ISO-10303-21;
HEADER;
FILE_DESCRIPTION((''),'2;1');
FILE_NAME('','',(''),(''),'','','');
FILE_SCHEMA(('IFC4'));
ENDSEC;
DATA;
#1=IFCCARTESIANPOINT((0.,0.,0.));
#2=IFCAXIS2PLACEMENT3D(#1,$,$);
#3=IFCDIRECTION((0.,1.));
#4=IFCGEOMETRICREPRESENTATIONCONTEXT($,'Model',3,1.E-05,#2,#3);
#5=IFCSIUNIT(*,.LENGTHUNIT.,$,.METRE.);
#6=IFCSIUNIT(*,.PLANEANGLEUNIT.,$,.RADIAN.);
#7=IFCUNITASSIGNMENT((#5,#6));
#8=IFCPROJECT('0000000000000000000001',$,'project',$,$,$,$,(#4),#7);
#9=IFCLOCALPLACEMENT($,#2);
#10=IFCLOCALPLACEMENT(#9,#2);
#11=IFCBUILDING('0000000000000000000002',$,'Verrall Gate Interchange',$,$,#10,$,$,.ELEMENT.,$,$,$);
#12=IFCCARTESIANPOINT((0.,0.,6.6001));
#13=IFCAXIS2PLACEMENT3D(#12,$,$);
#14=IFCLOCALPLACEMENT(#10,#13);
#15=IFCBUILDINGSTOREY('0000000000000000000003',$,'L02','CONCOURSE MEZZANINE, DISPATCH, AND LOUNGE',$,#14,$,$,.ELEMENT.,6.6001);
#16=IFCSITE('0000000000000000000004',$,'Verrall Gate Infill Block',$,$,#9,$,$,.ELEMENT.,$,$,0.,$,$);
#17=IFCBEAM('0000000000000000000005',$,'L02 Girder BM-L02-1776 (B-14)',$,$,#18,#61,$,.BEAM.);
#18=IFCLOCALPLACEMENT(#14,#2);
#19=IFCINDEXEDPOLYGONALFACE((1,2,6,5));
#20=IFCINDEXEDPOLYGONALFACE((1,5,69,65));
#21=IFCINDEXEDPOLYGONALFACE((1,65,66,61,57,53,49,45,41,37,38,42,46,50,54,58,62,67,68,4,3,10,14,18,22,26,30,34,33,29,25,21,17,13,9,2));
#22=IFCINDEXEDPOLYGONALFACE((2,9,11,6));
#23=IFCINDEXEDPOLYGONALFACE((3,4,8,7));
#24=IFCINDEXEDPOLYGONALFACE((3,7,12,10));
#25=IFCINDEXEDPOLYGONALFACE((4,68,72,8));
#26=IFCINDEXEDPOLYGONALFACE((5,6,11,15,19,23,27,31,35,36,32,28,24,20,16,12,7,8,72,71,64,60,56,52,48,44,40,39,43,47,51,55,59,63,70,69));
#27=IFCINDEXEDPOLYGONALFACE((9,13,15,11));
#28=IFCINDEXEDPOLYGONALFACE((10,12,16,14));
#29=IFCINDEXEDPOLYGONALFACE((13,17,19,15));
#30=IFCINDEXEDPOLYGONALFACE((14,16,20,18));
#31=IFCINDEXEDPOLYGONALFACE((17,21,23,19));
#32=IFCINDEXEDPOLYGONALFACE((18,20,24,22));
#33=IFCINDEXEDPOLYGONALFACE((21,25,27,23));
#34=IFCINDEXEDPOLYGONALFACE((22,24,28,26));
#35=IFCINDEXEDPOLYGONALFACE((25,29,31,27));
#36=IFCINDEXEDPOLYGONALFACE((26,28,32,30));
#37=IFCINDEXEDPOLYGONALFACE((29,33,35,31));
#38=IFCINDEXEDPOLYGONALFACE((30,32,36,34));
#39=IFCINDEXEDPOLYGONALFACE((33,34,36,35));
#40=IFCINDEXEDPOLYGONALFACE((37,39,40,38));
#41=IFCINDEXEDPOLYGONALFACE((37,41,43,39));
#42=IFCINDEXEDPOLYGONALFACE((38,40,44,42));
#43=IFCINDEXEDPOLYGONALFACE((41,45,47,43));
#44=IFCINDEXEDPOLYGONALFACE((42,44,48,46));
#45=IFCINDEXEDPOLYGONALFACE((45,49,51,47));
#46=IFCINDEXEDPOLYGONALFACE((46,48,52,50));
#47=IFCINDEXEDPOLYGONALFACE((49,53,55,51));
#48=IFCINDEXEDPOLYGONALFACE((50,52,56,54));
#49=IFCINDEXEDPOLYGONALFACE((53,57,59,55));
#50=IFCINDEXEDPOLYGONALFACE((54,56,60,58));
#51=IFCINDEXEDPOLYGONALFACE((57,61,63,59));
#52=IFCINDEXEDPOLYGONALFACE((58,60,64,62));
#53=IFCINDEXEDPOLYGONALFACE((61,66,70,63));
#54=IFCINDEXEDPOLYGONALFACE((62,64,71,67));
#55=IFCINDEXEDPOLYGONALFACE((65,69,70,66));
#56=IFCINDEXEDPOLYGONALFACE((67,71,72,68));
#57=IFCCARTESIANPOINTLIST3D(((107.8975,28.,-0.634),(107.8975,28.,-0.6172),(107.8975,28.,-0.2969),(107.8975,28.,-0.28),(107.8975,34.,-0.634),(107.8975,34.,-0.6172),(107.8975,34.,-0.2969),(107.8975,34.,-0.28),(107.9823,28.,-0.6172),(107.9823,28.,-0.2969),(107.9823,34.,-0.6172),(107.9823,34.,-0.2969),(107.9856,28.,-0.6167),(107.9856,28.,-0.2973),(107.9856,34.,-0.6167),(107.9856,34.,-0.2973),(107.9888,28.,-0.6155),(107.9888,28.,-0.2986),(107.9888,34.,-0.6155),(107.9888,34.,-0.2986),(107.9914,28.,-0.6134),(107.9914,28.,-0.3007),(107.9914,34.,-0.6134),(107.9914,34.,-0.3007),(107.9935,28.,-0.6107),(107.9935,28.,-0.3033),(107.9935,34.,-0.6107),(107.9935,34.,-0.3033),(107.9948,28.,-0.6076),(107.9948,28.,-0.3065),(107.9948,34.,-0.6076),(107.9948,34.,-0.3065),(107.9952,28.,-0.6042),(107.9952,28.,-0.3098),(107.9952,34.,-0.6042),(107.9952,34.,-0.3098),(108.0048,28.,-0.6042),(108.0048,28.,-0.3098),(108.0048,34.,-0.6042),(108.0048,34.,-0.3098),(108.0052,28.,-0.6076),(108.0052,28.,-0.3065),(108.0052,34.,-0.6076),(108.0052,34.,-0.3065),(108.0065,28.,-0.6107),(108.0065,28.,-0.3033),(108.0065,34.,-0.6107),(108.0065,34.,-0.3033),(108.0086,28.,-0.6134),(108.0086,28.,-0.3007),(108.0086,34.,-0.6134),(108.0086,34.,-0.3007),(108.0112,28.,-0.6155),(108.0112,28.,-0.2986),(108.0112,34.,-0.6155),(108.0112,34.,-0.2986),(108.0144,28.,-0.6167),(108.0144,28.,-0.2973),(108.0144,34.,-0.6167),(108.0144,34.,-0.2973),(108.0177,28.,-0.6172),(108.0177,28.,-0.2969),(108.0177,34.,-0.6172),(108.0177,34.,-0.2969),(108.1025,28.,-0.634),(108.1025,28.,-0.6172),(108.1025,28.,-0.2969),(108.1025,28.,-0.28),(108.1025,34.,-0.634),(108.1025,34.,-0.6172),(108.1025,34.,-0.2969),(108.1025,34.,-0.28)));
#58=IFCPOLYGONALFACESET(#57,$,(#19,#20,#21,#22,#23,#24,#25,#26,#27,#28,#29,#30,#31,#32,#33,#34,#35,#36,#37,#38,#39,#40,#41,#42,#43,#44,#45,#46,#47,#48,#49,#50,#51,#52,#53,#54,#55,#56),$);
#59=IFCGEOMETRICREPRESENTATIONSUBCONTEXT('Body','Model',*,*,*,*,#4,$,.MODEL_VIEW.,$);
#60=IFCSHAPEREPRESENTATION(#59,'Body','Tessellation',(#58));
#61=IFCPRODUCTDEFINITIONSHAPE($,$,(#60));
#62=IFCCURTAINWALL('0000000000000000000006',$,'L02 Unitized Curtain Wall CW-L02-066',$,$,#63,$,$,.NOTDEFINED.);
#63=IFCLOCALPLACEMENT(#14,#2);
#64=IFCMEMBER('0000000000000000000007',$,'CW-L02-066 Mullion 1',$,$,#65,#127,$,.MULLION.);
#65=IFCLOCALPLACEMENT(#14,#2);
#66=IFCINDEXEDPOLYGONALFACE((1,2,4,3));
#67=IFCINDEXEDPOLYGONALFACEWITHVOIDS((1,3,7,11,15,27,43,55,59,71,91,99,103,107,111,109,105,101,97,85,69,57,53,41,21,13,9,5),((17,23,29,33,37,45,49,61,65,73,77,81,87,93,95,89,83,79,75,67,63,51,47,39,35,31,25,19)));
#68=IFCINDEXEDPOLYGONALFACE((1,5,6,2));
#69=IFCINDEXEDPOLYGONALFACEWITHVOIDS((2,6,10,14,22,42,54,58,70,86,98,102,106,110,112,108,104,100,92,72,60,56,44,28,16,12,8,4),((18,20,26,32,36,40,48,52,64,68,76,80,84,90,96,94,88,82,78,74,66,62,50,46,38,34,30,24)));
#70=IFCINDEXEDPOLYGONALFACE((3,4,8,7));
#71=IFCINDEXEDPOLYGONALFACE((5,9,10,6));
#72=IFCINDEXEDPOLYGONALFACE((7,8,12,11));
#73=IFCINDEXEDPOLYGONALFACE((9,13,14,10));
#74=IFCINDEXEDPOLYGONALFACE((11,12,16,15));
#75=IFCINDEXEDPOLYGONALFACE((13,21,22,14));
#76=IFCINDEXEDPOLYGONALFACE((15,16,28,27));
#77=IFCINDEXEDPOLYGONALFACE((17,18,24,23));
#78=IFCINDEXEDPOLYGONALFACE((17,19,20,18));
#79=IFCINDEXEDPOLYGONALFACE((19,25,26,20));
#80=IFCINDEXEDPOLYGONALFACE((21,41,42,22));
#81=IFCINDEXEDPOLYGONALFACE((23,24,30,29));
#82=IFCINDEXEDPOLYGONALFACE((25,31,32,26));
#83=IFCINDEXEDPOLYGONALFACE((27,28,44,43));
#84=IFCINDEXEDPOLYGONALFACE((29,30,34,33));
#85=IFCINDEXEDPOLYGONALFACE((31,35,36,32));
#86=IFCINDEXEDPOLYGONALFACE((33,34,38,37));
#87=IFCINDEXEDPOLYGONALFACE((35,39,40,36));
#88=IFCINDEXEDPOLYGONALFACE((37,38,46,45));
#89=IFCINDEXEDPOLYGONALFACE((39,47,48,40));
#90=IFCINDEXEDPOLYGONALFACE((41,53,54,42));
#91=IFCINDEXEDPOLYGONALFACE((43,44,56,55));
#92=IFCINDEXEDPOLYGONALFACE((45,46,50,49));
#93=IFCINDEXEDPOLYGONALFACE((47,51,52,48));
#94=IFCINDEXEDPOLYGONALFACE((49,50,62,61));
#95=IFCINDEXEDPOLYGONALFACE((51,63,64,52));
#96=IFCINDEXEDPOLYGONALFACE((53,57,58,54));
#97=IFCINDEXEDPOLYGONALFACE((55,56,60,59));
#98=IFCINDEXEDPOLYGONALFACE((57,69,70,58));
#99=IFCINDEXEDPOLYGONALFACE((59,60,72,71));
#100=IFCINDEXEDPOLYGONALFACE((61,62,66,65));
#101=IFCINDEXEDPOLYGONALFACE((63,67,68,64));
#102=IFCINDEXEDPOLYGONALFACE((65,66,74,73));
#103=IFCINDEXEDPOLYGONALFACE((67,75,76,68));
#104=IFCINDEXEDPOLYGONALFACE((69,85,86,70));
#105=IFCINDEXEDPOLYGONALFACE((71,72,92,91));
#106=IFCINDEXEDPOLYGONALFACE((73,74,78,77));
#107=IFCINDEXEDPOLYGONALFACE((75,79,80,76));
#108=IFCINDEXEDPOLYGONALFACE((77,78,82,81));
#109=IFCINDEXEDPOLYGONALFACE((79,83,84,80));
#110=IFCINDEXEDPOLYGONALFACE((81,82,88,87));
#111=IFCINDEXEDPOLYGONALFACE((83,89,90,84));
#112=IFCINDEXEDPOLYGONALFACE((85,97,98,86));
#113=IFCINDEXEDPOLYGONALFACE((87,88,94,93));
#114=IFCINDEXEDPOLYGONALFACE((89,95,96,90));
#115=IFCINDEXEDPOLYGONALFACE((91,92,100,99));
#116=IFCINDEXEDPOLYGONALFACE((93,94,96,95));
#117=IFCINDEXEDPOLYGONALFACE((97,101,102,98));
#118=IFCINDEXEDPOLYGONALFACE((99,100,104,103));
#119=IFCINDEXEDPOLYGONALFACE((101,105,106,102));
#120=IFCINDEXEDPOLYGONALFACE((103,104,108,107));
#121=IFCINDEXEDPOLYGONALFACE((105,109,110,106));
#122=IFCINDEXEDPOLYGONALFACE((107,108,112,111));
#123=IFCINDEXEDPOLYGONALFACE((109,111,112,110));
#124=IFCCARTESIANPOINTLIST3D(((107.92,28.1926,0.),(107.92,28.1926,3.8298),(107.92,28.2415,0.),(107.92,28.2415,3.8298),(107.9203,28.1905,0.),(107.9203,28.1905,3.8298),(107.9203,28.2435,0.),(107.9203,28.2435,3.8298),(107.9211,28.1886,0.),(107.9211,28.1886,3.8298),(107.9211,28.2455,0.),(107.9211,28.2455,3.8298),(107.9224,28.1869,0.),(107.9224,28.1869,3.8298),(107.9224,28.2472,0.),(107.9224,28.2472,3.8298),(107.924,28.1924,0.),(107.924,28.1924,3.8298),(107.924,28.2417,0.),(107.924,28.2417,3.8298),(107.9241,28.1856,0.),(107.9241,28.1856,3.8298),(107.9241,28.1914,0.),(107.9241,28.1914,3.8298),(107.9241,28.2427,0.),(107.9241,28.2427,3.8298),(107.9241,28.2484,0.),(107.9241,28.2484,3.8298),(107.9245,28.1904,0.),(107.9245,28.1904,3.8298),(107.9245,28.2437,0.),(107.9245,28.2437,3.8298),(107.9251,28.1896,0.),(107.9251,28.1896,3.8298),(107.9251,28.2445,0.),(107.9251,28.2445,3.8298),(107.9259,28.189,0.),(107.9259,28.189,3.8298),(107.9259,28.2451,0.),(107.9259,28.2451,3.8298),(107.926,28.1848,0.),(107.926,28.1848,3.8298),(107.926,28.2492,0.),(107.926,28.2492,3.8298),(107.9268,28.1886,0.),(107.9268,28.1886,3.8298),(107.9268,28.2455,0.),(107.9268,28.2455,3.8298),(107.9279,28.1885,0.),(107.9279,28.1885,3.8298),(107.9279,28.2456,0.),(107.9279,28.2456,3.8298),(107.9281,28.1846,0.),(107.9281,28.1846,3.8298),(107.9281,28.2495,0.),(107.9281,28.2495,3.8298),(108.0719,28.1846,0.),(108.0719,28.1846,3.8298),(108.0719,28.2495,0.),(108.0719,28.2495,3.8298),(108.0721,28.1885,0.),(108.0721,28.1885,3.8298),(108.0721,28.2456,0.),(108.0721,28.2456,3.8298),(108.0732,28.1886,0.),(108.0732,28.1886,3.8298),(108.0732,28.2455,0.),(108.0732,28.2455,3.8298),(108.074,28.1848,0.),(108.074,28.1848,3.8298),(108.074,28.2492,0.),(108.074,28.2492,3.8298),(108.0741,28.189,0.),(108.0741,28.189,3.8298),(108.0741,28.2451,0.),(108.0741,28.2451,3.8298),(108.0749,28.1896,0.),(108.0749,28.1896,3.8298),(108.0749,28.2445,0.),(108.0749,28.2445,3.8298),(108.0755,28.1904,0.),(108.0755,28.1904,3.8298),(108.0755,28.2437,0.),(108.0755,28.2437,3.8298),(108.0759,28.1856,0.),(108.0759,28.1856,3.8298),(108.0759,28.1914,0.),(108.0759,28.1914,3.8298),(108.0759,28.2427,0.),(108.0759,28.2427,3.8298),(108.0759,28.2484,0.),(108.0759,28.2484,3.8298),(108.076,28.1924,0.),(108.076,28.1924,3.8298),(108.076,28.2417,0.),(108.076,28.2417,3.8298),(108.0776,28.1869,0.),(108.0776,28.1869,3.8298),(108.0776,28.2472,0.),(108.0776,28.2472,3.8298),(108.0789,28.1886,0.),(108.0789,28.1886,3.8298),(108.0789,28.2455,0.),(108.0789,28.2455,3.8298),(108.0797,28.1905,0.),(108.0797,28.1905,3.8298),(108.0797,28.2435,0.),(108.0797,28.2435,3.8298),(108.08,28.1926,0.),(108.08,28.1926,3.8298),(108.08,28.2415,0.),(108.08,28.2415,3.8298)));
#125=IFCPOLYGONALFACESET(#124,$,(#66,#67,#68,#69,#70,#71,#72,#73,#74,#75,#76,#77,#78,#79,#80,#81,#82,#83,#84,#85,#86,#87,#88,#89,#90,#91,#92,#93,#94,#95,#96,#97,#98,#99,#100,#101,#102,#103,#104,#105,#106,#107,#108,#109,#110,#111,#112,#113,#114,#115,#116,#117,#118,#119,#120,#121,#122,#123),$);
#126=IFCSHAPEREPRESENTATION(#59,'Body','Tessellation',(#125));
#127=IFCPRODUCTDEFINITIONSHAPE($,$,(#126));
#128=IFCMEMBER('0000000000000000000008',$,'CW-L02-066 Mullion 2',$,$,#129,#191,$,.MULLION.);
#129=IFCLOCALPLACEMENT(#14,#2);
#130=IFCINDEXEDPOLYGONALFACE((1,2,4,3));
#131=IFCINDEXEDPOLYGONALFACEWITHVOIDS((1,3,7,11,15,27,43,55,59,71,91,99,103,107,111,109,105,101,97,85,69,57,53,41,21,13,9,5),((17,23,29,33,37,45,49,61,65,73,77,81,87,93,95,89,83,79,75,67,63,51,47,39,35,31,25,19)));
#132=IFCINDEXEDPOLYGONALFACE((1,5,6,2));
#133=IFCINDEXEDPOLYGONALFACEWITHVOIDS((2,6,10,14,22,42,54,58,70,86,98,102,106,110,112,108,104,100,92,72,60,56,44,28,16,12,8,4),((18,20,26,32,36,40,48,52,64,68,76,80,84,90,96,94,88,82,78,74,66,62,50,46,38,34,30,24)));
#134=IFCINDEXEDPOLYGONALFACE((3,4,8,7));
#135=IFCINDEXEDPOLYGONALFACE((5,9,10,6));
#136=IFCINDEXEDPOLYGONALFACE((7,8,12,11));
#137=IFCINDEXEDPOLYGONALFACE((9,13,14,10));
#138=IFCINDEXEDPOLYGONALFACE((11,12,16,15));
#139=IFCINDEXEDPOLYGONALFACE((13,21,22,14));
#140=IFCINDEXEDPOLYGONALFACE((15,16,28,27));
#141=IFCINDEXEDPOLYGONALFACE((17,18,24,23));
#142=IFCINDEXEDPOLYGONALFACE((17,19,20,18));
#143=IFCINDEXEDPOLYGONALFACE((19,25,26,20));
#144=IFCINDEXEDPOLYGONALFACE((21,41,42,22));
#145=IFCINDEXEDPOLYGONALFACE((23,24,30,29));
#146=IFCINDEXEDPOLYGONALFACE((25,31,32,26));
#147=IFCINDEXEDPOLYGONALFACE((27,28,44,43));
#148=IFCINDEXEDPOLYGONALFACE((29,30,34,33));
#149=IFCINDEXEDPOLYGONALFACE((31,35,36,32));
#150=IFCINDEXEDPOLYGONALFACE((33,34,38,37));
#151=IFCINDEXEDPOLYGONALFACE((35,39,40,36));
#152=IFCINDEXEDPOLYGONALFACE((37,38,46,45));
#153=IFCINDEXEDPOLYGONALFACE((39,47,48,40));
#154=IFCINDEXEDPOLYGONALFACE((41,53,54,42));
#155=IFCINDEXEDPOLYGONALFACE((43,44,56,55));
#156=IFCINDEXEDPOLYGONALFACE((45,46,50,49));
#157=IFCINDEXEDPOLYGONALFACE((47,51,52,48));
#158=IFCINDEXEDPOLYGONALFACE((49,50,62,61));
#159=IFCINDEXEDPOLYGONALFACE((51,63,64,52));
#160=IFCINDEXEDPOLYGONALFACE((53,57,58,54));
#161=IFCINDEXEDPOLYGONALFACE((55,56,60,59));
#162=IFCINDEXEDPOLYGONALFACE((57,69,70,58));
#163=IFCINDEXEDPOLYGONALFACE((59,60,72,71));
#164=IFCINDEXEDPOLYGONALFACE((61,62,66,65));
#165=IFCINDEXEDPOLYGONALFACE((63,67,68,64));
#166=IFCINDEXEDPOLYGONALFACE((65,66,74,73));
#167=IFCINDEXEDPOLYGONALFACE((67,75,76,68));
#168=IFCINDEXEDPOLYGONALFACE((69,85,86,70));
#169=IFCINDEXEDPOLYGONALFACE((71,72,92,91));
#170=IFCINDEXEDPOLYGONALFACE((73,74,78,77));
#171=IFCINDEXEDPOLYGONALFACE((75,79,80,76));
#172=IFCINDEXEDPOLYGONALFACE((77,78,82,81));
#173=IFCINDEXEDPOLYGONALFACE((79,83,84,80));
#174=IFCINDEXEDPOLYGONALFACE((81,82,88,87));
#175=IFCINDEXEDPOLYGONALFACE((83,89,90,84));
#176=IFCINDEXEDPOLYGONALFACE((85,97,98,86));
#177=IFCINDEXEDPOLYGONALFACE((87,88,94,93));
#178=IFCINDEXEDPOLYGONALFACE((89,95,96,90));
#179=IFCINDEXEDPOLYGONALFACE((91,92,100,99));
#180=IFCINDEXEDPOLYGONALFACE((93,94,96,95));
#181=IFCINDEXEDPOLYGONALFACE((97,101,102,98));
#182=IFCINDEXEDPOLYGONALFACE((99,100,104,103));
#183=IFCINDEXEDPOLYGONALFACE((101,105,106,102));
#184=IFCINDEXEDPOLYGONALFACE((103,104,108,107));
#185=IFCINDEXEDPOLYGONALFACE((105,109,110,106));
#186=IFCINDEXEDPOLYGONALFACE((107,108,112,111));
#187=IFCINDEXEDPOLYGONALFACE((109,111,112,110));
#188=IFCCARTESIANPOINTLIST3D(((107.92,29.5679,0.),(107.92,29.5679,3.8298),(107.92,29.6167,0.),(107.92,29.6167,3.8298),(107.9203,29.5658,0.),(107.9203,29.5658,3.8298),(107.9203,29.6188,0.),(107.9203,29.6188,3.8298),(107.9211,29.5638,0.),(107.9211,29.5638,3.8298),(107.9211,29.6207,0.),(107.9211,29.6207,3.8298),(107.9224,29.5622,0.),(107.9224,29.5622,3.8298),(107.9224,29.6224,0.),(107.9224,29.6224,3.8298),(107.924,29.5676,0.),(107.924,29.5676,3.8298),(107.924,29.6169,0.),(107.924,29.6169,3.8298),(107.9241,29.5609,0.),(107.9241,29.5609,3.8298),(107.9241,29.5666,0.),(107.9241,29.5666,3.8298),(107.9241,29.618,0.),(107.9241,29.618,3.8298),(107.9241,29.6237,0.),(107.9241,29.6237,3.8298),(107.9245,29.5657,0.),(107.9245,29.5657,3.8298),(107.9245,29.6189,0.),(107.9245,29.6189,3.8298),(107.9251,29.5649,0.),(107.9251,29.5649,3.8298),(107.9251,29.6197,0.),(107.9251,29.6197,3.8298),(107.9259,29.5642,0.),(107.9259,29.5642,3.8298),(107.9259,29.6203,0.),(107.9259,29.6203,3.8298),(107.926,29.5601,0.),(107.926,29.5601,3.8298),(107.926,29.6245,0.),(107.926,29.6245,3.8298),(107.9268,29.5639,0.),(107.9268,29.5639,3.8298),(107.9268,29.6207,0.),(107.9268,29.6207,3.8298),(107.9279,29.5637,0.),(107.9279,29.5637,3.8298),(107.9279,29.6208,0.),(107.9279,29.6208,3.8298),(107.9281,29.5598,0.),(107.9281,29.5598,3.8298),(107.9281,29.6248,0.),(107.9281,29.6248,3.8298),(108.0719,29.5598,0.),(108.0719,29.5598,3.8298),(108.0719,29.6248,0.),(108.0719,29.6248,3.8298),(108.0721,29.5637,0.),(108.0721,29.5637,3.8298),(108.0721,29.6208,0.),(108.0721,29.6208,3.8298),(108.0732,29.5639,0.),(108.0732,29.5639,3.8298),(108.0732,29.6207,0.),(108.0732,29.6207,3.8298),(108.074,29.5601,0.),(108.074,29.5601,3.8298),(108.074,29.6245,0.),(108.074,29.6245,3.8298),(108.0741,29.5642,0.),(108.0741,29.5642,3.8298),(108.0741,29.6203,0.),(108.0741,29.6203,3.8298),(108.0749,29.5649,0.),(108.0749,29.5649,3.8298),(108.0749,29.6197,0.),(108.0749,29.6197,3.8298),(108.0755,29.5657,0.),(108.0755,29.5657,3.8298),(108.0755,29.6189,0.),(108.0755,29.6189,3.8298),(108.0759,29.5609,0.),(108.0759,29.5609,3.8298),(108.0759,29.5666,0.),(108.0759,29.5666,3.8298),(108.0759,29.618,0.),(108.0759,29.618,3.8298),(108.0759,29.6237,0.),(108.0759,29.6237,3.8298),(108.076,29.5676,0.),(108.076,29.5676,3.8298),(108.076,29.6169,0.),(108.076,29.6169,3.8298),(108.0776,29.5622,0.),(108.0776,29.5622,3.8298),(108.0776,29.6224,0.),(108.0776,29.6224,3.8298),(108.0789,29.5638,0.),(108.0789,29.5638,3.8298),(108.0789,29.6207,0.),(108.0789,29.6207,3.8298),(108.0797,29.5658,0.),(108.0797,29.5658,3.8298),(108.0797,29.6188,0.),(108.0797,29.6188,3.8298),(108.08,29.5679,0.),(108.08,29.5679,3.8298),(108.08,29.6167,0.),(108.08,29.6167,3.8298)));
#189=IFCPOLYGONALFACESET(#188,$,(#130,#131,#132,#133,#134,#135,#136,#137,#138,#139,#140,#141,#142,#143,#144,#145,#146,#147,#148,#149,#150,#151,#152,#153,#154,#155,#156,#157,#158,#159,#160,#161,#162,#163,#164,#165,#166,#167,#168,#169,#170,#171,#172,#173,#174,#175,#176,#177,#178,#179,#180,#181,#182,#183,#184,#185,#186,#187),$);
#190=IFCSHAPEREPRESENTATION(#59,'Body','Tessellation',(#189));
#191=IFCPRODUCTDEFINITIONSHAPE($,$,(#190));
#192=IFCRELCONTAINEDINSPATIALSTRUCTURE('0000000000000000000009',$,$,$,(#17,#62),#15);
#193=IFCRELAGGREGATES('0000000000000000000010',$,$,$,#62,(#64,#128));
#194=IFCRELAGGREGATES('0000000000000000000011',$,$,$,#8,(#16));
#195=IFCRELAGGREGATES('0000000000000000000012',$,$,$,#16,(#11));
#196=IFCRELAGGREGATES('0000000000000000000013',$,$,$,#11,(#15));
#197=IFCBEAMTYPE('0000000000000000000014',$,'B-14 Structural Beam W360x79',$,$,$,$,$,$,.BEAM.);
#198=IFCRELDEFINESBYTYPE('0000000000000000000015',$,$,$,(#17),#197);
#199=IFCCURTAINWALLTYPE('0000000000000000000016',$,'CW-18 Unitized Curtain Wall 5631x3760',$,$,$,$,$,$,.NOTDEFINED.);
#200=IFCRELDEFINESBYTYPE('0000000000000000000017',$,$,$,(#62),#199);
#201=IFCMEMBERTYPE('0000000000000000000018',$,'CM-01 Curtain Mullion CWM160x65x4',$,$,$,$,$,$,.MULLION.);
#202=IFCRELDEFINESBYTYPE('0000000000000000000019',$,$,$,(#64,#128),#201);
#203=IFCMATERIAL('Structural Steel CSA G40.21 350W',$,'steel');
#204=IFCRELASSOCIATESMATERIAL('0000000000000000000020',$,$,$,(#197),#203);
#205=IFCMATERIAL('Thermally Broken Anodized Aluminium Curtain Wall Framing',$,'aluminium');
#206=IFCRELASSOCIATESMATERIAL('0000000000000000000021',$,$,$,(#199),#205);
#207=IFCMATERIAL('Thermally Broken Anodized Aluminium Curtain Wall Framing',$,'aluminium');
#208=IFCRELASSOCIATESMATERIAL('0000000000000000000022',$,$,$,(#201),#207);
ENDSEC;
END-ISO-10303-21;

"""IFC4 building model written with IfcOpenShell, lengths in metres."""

from ifc_helpers import new_model, si_unit, direction, frame, origin, origin_2d, place, context, subcontext, project, spatial, hollow_rectangle, i_section, extrude, material, material_profile, profile_set, type_object, element, aggregate, save


model = new_model("IFC4")

# Units and contexts
model_context = context("Model", 3, precision=1e-05, world=origin(), true_north=direction((0.0, 1.0)))
body_context = subcontext(model_context, "Body", "Model", "MODEL_VIEW")
ifc_project = project(units=[si_unit("LENGTHUNIT", "METRE"), si_unit("PLANEANGLEUNIT", "RADIAN")], contexts=[model_context])

# Site, building, storey
site_placement = place(None, origin())
site = spatial("IfcSite", under=ifc_project, at=site_placement, Name="Verrall Gate Infill Block", CompositionType="ELEMENT", RefElevation=0.0)
building_placement = place(site_placement, origin())
building = spatial("IfcBuilding", under=site, at=building_placement, Name="Verrall Gate Interchange", CompositionType="ELEMENT")
storey_placement = place(building_placement, frame((0.0, 0.0, 6.6001)))
storey = spatial("IfcBuildingStorey", under=building, at=storey_placement, Name="L02", Description="CONCOURSE MEZZANINE, DISPATCH, AND LOUNGE", CompositionType="ELEMENT", Elevation=6.6001)

# Beam
ifc_material_1 = material(Name="Structural Steel CSA G40.21 350W", Category="steel")
ifc_material_profile_1 = material_profile(ifc_material_1, i_section(OverallWidth=0.2051, OverallDepth=0.354, WebThickness=0.0095, FlangeThickness=0.0168, FilletRadius=0.0129, at=origin_2d()), Name="W360x79")
ifc_profile_set_1 = profile_set([ifc_material_profile_1], Name="Structural Steel CSA G40.21 350W")
beam_type_1 = type_object("IfcBeamType", Name="B-14 Structural Beam W360x79", PredefinedType="BEAM", material=ifc_profile_set_1)
beam_1_placement = place(storey_placement, frame((108.0, 28.0, -0.457), z_axis=(0.0, 1.0, 0.0), x_axis=(-1.0, 0.0, 0.0)))
element("IfcBeam", 1, at=beam_1_placement, inside=storey, type_object=beam_type_1, Name="L02 Girder BM-L02-1776 (B-14)", PredefinedType="BEAM", context=body_context, shape_type="SweptSolid", body=[
    extrude(i_section(OverallWidth=0.2051, OverallDepth=0.354, WebThickness=0.0095, FlangeThickness=0.0168, FilletRadius=0.0129, at=origin_2d()), origin(), (0.0, 0.0, 1.0), 6.0),
])

# Curtain wall, members
ifc_material_2 = material(Name="Thermally Broken Anodized Aluminium Curtain Wall Framing", Category="aluminium")
curtain_wall_type = type_object("IfcCurtainWallType", Name="CW-18 Unitized Curtain Wall 5631x3760", PredefinedType="NOTDEFINED", material=ifc_material_2)
curtain_wall_1_placement = place(storey_placement, origin())
curtain_wall_1 = element("IfcCurtainWall", 2, at=curtain_wall_1_placement, inside=storey, type_object=curtain_wall_type, Name="L02 Unitized Curtain Wall CW-L02-066", PredefinedType="NOTDEFINED")
ifc_material_3 = material(Name="Thermally Broken Anodized Aluminium Curtain Wall Framing", Category="aluminium")
ifc_material_profile_2 = material_profile(ifc_material_3, hollow_rectangle(XDim=0.0649, YDim=0.1599, WallThickness=0.0039, InnerFilletRadius=0.0039, OuterFilletRadius=0.0081, at=origin_2d()), Name="CWM160x65x4")
ifc_profile_set_2 = profile_set([ifc_material_profile_2], Name="Thermally Broken Anodized Aluminium Curtain Wall Framing")
member_type_1 = type_object("IfcMemberType", Name="CM-01 Curtain Mullion CWM160x65x4", PredefinedType="MULLION", material=ifc_profile_set_2)
member_1_placement = place(storey_placement, frame((108.0, 28.217, 0.0), z_axis=(0.0, 0.0, 1.0), x_axis=(0.0, 1.0, 0.0)))
member_1 = element("IfcMember", 3, at=member_1_placement, type_object=member_type_1, Name="CW-L02-066 Mullion 1", PredefinedType="MULLION", context=body_context, shape_type="SweptSolid", body=[
    extrude(hollow_rectangle(XDim=0.0649, YDim=0.1599, WallThickness=0.0039, InnerFilletRadius=0.0039, OuterFilletRadius=0.0081, at=origin_2d()), origin(), (0.0, 0.0, 1.0), 3.8298),
])
member_2_placement = place(storey_placement, frame((108.0, 29.5923, 0.0), z_axis=(0.0, 0.0, 1.0), x_axis=(0.0, 1.0, 0.0)))
member_2 = element("IfcMember", 4, at=member_2_placement, type_object=member_type_1, Name="CW-L02-066 Mullion 2", PredefinedType="MULLION", context=body_context, shape_type="SweptSolid", body=[
    extrude(hollow_rectangle(XDim=0.0649, YDim=0.1599, WallThickness=0.0039, InnerFilletRadius=0.0039, OuterFilletRadius=0.0081, at=origin_2d()), origin(), (0.0, 0.0, 1.0), 3.8298),
])

aggregate(curtain_wall_1, [member_1, member_2])

save(model, "model.ifc")
